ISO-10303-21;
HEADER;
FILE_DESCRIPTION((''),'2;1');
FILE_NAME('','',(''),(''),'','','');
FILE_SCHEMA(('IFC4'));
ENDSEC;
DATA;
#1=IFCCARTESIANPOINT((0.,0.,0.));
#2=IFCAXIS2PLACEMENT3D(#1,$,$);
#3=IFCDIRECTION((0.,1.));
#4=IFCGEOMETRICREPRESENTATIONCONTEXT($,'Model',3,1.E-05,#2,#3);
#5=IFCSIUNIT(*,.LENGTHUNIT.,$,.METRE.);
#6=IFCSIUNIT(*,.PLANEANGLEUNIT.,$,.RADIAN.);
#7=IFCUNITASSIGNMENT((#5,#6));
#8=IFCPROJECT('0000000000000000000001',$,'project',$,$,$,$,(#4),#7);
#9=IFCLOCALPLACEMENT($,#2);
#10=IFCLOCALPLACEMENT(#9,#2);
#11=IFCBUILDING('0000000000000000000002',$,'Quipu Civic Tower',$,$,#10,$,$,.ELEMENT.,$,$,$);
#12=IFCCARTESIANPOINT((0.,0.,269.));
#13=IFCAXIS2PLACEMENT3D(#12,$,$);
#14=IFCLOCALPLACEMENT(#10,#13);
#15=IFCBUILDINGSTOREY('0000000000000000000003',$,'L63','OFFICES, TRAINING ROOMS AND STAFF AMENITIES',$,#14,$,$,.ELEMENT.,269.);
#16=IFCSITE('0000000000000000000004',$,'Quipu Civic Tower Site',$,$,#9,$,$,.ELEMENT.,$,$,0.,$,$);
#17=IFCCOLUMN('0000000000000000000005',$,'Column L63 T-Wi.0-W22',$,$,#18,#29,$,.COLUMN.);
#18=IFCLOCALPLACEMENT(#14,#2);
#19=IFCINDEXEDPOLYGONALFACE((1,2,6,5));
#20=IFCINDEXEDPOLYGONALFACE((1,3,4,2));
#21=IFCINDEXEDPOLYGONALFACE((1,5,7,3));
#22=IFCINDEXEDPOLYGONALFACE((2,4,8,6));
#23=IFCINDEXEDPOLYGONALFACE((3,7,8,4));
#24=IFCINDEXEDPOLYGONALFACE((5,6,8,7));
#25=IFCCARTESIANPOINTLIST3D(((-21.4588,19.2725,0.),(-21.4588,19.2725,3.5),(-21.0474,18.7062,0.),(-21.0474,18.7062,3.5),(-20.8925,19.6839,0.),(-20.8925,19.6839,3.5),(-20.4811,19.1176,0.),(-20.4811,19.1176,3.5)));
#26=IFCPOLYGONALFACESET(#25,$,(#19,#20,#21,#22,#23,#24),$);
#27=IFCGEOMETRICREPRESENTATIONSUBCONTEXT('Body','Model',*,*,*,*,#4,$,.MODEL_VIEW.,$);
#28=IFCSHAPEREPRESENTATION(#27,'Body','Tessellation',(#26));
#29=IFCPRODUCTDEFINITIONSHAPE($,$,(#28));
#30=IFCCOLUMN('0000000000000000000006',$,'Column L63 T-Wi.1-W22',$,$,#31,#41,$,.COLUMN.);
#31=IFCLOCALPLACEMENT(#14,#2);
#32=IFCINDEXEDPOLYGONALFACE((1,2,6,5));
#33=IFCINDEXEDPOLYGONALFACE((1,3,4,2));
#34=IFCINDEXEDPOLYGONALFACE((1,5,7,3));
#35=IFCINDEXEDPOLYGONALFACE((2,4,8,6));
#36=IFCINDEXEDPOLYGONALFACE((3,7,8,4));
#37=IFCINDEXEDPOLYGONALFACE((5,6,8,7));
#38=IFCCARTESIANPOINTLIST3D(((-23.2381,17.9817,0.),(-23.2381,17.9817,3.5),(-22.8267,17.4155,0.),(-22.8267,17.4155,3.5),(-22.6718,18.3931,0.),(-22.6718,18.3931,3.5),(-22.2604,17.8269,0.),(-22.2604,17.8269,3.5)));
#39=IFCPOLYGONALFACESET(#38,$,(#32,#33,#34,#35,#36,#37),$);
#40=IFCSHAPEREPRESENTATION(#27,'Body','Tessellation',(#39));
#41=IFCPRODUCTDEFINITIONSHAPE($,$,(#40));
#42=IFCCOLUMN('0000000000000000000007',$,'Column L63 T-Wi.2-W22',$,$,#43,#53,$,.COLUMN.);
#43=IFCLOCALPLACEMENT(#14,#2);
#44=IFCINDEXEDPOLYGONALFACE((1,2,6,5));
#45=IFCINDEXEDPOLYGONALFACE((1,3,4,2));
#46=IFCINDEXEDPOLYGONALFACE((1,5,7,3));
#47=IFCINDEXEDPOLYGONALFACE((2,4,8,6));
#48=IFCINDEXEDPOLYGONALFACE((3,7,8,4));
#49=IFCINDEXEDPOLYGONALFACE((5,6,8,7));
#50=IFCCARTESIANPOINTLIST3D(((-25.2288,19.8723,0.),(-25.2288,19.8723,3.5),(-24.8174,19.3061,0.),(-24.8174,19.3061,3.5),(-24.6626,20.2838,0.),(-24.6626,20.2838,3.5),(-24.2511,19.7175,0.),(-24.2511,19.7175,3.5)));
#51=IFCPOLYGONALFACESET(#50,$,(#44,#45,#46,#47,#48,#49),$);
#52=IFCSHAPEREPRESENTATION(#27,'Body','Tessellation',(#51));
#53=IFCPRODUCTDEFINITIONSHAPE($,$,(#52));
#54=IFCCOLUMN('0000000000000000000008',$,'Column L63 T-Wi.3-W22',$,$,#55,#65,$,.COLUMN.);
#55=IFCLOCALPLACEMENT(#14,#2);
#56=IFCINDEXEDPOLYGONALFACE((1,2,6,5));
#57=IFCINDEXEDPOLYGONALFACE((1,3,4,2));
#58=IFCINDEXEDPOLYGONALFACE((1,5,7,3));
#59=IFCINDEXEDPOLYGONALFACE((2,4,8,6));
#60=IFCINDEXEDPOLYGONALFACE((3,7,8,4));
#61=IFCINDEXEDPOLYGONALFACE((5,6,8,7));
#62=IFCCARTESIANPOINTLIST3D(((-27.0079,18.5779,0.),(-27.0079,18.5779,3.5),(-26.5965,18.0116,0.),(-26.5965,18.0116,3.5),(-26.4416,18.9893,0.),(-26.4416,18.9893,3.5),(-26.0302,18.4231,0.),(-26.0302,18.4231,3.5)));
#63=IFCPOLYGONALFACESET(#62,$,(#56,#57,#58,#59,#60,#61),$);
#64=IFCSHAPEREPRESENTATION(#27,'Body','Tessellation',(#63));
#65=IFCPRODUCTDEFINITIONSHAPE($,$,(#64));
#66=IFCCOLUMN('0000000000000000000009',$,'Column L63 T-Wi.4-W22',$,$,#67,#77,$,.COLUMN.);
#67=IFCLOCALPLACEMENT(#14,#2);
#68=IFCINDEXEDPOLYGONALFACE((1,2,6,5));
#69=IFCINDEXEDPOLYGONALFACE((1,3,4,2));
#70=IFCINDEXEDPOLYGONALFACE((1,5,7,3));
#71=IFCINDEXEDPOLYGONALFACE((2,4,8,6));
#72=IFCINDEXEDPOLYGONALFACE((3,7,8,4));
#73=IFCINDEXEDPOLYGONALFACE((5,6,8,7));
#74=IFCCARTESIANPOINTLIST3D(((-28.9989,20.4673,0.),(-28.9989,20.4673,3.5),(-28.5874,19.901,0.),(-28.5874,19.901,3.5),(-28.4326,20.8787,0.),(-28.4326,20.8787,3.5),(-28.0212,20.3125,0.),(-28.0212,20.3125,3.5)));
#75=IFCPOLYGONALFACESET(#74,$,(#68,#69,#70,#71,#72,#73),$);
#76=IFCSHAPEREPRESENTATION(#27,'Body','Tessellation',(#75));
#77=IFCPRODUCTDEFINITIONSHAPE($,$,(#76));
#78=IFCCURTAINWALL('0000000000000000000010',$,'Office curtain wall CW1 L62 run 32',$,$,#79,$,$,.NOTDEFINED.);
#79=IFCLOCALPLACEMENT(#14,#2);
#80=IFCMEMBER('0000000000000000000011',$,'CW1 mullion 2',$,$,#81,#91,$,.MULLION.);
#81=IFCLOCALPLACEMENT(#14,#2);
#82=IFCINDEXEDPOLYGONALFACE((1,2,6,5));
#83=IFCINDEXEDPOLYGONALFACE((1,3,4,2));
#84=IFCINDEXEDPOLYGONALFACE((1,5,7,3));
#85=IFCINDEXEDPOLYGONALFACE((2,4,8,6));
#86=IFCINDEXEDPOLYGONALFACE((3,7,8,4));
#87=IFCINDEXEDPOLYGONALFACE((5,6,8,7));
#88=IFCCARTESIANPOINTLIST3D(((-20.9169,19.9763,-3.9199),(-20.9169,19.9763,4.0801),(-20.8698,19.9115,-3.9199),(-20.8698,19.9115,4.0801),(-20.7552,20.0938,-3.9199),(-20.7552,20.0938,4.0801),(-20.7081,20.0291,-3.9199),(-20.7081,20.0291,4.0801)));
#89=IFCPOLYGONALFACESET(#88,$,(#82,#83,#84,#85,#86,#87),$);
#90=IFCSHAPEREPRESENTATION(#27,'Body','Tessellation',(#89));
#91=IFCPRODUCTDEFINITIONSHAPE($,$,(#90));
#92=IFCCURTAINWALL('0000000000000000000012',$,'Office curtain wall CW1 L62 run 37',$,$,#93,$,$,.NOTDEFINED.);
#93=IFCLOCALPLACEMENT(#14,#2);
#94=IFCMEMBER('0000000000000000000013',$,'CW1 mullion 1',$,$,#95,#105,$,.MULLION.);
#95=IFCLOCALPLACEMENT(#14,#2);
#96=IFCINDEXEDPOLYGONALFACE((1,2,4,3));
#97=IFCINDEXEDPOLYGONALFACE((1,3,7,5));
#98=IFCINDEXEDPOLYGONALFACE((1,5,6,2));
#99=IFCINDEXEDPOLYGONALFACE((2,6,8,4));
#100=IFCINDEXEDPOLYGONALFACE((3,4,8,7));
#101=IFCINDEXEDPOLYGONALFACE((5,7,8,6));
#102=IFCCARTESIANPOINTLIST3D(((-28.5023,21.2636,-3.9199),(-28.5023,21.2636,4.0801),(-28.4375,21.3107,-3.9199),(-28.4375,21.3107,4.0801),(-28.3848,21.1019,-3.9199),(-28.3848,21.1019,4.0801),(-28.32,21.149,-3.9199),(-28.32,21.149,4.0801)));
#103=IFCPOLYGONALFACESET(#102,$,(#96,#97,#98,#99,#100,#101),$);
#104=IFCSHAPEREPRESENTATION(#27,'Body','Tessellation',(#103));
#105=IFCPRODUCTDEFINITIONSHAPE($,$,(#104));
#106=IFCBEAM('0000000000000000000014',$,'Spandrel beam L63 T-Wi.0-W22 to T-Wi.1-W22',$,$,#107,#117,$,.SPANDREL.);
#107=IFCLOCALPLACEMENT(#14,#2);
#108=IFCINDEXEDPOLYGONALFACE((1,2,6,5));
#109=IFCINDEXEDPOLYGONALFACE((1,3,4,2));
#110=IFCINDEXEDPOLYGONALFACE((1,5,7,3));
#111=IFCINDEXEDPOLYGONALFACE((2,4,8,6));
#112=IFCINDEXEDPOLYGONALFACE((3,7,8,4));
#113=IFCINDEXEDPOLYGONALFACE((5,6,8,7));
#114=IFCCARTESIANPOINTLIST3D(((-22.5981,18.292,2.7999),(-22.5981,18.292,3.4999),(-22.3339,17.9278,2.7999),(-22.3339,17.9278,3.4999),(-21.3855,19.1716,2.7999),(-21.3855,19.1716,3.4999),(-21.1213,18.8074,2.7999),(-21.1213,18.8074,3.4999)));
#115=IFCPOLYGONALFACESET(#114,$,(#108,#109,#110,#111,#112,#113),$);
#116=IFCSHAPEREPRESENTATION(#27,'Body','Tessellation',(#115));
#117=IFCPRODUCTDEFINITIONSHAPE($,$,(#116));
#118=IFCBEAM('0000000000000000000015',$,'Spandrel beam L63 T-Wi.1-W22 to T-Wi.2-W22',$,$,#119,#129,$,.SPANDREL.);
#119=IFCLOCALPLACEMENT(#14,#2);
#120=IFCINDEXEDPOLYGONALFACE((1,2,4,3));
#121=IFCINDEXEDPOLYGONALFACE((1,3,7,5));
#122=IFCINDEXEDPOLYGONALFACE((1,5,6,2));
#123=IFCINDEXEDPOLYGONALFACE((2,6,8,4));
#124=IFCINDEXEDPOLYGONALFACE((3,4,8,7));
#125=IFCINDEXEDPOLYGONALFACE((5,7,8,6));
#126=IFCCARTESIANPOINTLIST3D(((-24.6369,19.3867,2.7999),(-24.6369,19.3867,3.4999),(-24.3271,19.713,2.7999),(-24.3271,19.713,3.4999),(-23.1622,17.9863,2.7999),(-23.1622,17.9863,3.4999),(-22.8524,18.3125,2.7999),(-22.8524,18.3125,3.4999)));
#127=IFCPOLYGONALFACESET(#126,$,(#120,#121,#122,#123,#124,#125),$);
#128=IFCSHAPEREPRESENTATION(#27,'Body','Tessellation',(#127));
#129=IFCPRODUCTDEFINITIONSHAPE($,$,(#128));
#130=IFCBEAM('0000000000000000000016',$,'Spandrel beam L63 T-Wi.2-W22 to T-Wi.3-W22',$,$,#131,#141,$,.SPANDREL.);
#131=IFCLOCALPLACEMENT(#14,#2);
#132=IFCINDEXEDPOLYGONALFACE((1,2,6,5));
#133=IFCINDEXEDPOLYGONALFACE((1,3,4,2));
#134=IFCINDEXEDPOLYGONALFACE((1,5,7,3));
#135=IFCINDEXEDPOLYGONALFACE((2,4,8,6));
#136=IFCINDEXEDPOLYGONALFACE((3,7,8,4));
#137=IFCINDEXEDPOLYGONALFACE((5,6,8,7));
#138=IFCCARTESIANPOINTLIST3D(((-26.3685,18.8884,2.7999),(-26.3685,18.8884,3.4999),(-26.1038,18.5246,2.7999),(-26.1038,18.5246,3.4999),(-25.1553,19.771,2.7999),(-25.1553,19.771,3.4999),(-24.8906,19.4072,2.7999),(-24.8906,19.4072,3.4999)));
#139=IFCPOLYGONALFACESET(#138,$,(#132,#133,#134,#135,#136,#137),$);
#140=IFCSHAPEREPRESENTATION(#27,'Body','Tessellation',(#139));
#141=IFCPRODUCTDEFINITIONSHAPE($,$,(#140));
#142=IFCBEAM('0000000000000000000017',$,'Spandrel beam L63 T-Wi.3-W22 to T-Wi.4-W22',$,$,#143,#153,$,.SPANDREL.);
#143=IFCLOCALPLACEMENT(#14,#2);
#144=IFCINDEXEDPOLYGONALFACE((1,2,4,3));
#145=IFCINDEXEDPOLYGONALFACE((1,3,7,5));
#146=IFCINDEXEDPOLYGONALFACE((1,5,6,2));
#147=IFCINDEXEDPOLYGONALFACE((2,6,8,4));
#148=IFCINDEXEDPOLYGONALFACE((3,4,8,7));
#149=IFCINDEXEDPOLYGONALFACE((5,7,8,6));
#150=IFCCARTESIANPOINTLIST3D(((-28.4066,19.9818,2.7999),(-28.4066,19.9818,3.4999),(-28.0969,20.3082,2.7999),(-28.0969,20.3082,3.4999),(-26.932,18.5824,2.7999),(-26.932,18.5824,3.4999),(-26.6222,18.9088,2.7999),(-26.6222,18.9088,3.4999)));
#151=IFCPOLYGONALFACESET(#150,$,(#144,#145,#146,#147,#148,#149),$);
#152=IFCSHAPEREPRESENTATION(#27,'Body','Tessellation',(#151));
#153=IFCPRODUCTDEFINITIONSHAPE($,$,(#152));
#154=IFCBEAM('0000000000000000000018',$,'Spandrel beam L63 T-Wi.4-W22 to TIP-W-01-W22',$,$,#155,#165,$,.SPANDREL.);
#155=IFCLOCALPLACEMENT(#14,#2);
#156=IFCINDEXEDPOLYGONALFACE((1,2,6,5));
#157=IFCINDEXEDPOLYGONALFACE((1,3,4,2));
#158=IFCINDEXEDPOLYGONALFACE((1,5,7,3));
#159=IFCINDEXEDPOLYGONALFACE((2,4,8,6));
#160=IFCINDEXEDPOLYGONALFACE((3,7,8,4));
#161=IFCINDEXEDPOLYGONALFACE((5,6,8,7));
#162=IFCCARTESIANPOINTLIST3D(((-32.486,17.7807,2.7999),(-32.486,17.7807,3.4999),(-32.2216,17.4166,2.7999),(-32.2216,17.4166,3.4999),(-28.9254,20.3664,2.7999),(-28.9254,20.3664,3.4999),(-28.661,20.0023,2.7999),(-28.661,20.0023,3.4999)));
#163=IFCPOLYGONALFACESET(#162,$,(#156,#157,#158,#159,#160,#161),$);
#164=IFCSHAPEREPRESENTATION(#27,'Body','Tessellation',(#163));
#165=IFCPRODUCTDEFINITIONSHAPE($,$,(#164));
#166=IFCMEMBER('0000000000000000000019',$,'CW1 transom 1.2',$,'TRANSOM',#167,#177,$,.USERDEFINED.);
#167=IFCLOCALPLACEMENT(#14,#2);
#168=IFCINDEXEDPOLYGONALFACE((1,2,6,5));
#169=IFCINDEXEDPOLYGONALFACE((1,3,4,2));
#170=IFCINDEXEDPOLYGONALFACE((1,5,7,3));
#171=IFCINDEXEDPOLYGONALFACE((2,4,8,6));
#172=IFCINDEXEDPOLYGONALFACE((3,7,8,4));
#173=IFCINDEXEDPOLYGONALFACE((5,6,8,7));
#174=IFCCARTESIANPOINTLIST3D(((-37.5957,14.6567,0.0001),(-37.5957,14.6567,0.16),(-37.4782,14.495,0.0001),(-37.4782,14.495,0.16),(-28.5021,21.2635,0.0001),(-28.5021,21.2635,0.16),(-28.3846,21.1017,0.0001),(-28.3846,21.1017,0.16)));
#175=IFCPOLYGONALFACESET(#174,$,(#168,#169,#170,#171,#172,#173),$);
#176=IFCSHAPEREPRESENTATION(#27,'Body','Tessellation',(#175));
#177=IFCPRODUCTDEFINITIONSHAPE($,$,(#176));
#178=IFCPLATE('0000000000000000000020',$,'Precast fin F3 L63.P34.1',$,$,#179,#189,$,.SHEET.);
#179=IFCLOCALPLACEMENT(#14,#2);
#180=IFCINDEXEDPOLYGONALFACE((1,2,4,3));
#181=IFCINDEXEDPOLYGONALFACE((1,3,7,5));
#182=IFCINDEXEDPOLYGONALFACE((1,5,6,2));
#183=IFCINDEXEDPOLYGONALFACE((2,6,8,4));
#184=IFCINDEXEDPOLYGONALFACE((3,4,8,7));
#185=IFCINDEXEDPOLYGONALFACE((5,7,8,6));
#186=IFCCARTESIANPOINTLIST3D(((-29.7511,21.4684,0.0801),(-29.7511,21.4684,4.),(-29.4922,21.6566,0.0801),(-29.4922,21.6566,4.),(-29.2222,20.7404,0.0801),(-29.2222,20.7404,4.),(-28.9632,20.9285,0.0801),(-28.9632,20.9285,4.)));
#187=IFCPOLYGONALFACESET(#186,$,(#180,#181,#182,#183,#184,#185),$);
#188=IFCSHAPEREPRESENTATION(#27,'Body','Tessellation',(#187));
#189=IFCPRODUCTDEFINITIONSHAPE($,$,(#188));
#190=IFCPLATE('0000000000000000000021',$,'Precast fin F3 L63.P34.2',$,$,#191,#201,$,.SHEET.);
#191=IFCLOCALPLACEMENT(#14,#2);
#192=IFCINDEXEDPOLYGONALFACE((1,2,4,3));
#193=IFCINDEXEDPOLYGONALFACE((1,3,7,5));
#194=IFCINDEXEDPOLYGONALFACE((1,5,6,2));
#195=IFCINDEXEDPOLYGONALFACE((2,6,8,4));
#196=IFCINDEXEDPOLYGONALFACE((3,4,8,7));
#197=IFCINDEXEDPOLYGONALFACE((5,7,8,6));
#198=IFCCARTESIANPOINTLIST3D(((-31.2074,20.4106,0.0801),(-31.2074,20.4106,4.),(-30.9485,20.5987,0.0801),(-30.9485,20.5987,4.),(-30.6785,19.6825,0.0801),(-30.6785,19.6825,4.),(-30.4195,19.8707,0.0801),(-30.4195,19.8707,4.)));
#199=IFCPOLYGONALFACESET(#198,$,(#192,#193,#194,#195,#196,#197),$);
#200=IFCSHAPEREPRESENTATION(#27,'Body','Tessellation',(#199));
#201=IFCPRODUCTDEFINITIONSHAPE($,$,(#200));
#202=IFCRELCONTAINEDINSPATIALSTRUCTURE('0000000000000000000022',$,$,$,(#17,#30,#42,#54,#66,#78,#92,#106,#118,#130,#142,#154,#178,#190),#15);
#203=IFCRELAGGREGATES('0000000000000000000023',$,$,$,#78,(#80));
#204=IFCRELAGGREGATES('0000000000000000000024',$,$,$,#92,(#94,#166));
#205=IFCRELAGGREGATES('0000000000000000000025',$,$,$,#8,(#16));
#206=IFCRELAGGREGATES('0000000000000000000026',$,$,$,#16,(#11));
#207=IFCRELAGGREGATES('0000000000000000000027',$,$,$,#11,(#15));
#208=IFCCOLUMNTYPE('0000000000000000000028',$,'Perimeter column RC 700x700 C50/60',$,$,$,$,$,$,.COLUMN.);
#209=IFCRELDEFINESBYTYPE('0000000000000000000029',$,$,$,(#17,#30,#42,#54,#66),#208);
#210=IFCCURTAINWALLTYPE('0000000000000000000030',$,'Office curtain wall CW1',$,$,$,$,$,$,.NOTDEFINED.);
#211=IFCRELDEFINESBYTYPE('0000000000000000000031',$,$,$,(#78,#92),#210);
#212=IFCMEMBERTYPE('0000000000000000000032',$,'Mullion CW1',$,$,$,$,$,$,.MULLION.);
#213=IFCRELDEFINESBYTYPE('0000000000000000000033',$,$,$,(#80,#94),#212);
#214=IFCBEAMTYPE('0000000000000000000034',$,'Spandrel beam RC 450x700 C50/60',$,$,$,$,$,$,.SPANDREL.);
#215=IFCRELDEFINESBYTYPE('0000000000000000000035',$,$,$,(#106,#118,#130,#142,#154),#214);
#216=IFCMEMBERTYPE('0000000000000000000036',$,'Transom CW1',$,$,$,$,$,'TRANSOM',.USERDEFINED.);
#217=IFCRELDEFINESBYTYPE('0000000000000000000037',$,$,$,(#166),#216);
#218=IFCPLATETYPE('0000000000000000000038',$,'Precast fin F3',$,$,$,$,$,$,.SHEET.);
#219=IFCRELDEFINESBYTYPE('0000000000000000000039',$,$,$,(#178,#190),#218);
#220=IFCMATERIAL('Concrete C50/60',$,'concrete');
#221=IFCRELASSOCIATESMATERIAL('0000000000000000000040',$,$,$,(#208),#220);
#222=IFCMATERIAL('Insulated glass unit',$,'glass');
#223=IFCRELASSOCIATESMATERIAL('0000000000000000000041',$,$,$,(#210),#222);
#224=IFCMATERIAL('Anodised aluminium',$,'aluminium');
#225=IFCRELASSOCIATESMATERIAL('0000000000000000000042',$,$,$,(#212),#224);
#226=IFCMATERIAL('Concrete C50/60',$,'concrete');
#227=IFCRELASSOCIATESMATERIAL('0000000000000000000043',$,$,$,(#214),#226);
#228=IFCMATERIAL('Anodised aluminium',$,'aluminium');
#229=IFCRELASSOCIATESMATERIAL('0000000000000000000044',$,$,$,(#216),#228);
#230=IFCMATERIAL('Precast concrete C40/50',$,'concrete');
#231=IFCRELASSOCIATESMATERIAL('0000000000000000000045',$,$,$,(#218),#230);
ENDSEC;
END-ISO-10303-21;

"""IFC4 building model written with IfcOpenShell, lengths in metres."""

from ifc_helpers import new_model, si_unit, direction, frame, origin, origin_2d, place, context, subcontext, project, spatial, rectangle, extrude, material, material_profile, profile_set, type_object, element, aggregate, save


model = new_model("IFC4")

# Units and contexts
model_context = context("Model", 3, precision=1e-05, world=origin(), true_north=direction((0.0, 1.0)))
body_context = subcontext(model_context, "Body", "Model", "MODEL_VIEW")
ifc_project = project(units=[si_unit("LENGTHUNIT", "METRE"), si_unit("PLANEANGLEUNIT", "RADIAN")], contexts=[model_context])

# Site, building, storey
site_placement = place(None, origin())
site = spatial("IfcSite", under=ifc_project, at=site_placement, Name="Quipu Civic Tower Site", CompositionType="ELEMENT", RefElevation=0.0)
building_placement = place(site_placement, origin())
building = spatial("IfcBuilding", under=site, at=building_placement, Name="Quipu Civic Tower", CompositionType="ELEMENT")
storey_placement = place(building_placement, frame((0.0, 0.0, 269.0)))
storey = spatial("IfcBuildingStorey", under=building, at=storey_placement, Name="L63", Description="OFFICES, TRAINING ROOMS AND STAFF AMENITIES", CompositionType="ELEMENT", Elevation=269.0)

# Columns
ifc_material_1 = material(Name="Concrete C50/60", Category="concrete")
ifc_material_profile_1 = material_profile(ifc_material_1, rectangle(XDim=0.7, YDim=0.7, at=origin_2d()), Name="RC700x700")
ifc_profile_set_1 = profile_set([ifc_material_profile_1], Name="Concrete C50/60")
column_type = type_object("IfcColumnType", Name="Perimeter column RC 700x700 C50/60", PredefinedType="COLUMN", material=ifc_profile_set_1)
for number, where, z_axis, x_axis, name in (
    (1, (-20.97, 19.1951, 0.0), (0.0, 0.0, 1.0), (-0.587785, 0.809017, 0.0), "Column L63 T-Wi.0-W22"),
    (2, (-22.7493, 17.9043, 0.0), (0.0, 0.0, 1.0), (-0.587785, 0.809017, 0.0), "Column L63 T-Wi.1-W22"),
    (3, (-24.74, 19.7949, 0.0), (0.0, 0.0, 1.0), (-0.587785, 0.809017, 0.0), "Column L63 T-Wi.2-W22"),
    (4, (-26.519, 18.5005, 0.0), (0.0, 0.0, 1.0), (-0.587785, 0.809017, 0.0), "Column L63 T-Wi.3-W22"),
    (5, (-28.51, 20.3899, 0.0), (0.0, 0.0, 1.0), (-0.809017, -0.587785, 0.0), "Column L63 T-Wi.4-W22"),
):
    element("IfcColumn", number, at=place(storey_placement, frame(where, z_axis=z_axis, x_axis=x_axis)), inside=storey, type_object=column_type, Name=name, PredefinedType="COLUMN", context=body_context, shape_type="SweptSolid", body=[
        extrude(rectangle(XDim=0.7, YDim=0.7, at=origin_2d()), origin(), (0.0, 0.0, 1.0), 3.5),
    ])

# Curtain walls, members
ifc_material_2 = material(Name="Insulated glass unit", Category="glass")
curtain_wall_type = type_object("IfcCurtainWallType", Name="Office curtain wall CW1", PredefinedType="NOTDEFINED", material=ifc_material_2)
curtain_wall_1_placement = place(storey_placement, origin())
curtain_wall_1 = element("IfcCurtainWall", 6, at=curtain_wall_1_placement, inside=storey, type_object=curtain_wall_type, Name="Office curtain wall CW1 L62 run 32", PredefinedType="NOTDEFINED")
ifc_material_3 = material(Name="Anodised aluminium", Category="aluminium")
ifc_material_profile_2 = material_profile(ifc_material_3, rectangle(XDim=0.2, YDim=0.0801, at=origin_2d()), Name="RECT 200x80")
ifc_profile_set_2 = profile_set([ifc_material_profile_2], Name="Anodised aluminium")
member_type_1 = type_object("IfcMemberType", Name="Mullion CW1", PredefinedType="MULLION", material=ifc_profile_set_2)
member_1_placement = place(storey_placement, frame((-20.8125, 20.0027, -3.9199), z_axis=(0.0, 0.0, 1.0), x_axis=(-0.809015, -0.587788, 0.0)))
member_1 = element("IfcMember", 7, at=member_1_placement, type_object=member_type_1, Name="CW1 mullion 2", PredefinedType="MULLION", context=body_context, shape_type="SweptSolid", body=[
    extrude(rectangle(XDim=0.2, YDim=0.0801, at=origin_2d()), origin(), (0.0, 0.0, 1.0), 8.0),
])
aggregate(curtain_wall_1, [member_1])
curtain_wall_2_placement = place(storey_placement, origin())
curtain_wall_2 = element("IfcCurtainWall", 8, at=curtain_wall_2_placement, inside=storey, type_object=curtain_wall_type, Name="Office curtain wall CW1 L62 run 37", PredefinedType="NOTDEFINED")
member_2_placement = place(storey_placement, frame((-28.4111, 21.2063, -3.9199), z_axis=(0.0, 0.0, 1.0), x_axis=(0.587788, -0.809015, 0.0)))
member_2 = element("IfcMember", 9, at=member_2_placement, type_object=member_type_1, Name="CW1 mullion 1", PredefinedType="MULLION", context=body_context, shape_type="SweptSolid", body=[
    extrude(rectangle(XDim=0.2, YDim=0.0801, at=origin_2d()), origin(), (0.0, 0.0, 1.0), 8.0),
])

# Beams
ifc_material_4 = material(Name="Concrete C50/60", Category="concrete")
ifc_material_profile_3 = material_profile(ifc_material_4, rectangle(XDim=0.45, YDim=0.7, at=origin_2d()), Name="RC450x700")
ifc_profile_set_3 = profile_set([ifc_material_profile_3], Name="Concrete C50/60")
beam_type = type_object("IfcBeamType", Name="Spandrel beam RC 450x700 C50/60", PredefinedType="SPANDREL", material=ifc_profile_set_3)
beam_1_placement = place(storey_placement, frame((-21.2534, 18.9895, 3.1499), z_axis=(-0.809461, -0.587173, 0.0), x_axis=(0.587173, -0.809461, 0.0)))
element("IfcBeam", 10, at=beam_1_placement, inside=storey, type_object=beam_type, Name="Spandrel beam L63 T-Wi.0-W22 to T-Wi.1-W22", PredefinedType="SPANDREL", context=body_context, shape_type="SweptSolid", body=[
    extrude(rectangle(XDim=0.45, YDim=0.7, at=origin_2d()), origin(), (0.0, 0.0, 1.0), 1.498),
])
beam_2_placement = place(storey_placement, frame((-23.0073, 18.1494, 3.1499), z_axis=(-0.725119, 0.688623, 0.0), x_axis=(-0.688623, -0.725119, 0.0)))
element("IfcBeam", 11, at=beam_2_placement, inside=storey, type_object=beam_type, Name="Spandrel beam L63 T-Wi.1-W22 to T-Wi.2-W22", PredefinedType="SPANDREL", context=body_context, shape_type="SweptSolid", body=[
    extrude(rectangle(XDim=0.45, YDim=0.7, at=origin_2d()), origin(), (0.0, 0.0, 1.0), 2.0337),
])
beam_3_placement = place(storey_placement, frame((-25.0229, 19.5891, 3.1499), z_axis=(-0.808645, -0.588297, 0.0), x_axis=(0.588297, -0.808645, 0.0)))
element("IfcBeam", 12, at=beam_3_placement, inside=storey, type_object=beam_type, Name="Spandrel beam L63 T-Wi.2-W22 to T-Wi.3-W22", PredefinedType="SPANDREL", context=body_context, shape_type="SweptSolid", body=[
    extrude(rectangle(XDim=0.45, YDim=0.7, at=origin_2d()), origin(), (0.0, 0.0, 1.0), 1.5002),
])
beam_4_placement = place(storey_placement, frame((-26.7771, 18.7456, 3.1499), z_axis=(-0.725359, 0.688371, 0.0), x_axis=(-0.688371, -0.725359, 0.0)))
element("IfcBeam", 13, at=beam_4_placement, inside=storey, type_object=beam_type, Name="Spandrel beam L63 T-Wi.3-W22 to T-Wi.4-W22", PredefinedType="SPANDREL", context=body_context, shape_type="SweptSolid", body=[
    extrude(rectangle(XDim=0.45, YDim=0.7, at=origin_2d()), origin(), (0.0, 0.0, 1.0), 2.033),
])
beam_5_placement = place(storey_placement, frame((-28.7932, 20.1843, 3.1499), z_axis=(-0.809146, -0.587607, 0.0), x_axis=(0.587607, -0.809146, 0.0)))
element("IfcBeam", 14, at=beam_5_placement, inside=storey, type_object=beam_type, Name="Spandrel beam L63 T-Wi.4-W22 to TIP-W-01-W22", PredefinedType="SPANDREL", context=body_context, shape_type="SweptSolid", body=[
    extrude(rectangle(XDim=0.45, YDim=0.7, at=origin_2d()), origin(), (0.0, 0.0, 1.0), 4.4004),
])

# Member
ifc_material_5 = material(Name="Anodised aluminium", Category="aluminium")
ifc_material_profile_4 = material_profile(ifc_material_5, rectangle(XDim=0.2, YDim=0.1599, at=origin_2d()), Name="RECT 200x160")
ifc_profile_set_4 = profile_set([ifc_material_profile_4], Name="Anodised aluminium")
member_type_2 = type_object("IfcMemberType", Name="Transom CW1", ElementType="TRANSOM", PredefinedType="USERDEFINED", material=ifc_profile_set_4)
member_3_placement = place(storey_placement, frame((-28.4434, 21.1826, 0.0801), z_axis=(-0.809022, -0.587778, 0.0), x_axis=(0.587778, -0.809022, 0.0)))
member_3 = element("IfcMember", 15, at=member_3_placement, type_object=member_type_2, Name="CW1 transom 1.2", ObjectType="TRANSOM", PredefinedType="USERDEFINED", context=body_context, shape_type="SweptSolid", body=[
    extrude(rectangle(XDim=0.2, YDim=0.1599, at=origin_2d()), origin(), (0.0, 0.0, 1.0), 11.2402),
])
aggregate(curtain_wall_2, [member_2, member_3])

# Plates
ifc_material_6 = material(Name="Precast concrete C40/50", Category="concrete")
plate_type = type_object("IfcPlateType", Name="Precast fin F3", PredefinedType="SHEET", material=ifc_material_6)
for number, where, z_axis, x_axis, name in (
    (16, (-29.3572, 21.1985, 0.0801), (0.0, 0.0, 1.0), (-0.809017, -0.587785, 0.0), "Precast fin F3 L63.P34.1"),
    (17, (-30.8135, 20.1406, 0.0801), (0.0, 0.0, 1.0), (-0.809017, -0.587785, 0.0), "Precast fin F3 L63.P34.2"),
):
    element("IfcPlate", number, at=place(storey_placement, frame(where, z_axis=z_axis, x_axis=x_axis)), inside=storey, type_object=plate_type, Name=name, PredefinedType="SHEET", context=body_context, shape_type="SweptSolid", body=[
        extrude(rectangle(XDim=0.3201, YDim=0.8999, at=origin_2d()), origin(), (0.0, 0.0, 1.0), 3.9199),
    ])

save(model, "model.ifc")
